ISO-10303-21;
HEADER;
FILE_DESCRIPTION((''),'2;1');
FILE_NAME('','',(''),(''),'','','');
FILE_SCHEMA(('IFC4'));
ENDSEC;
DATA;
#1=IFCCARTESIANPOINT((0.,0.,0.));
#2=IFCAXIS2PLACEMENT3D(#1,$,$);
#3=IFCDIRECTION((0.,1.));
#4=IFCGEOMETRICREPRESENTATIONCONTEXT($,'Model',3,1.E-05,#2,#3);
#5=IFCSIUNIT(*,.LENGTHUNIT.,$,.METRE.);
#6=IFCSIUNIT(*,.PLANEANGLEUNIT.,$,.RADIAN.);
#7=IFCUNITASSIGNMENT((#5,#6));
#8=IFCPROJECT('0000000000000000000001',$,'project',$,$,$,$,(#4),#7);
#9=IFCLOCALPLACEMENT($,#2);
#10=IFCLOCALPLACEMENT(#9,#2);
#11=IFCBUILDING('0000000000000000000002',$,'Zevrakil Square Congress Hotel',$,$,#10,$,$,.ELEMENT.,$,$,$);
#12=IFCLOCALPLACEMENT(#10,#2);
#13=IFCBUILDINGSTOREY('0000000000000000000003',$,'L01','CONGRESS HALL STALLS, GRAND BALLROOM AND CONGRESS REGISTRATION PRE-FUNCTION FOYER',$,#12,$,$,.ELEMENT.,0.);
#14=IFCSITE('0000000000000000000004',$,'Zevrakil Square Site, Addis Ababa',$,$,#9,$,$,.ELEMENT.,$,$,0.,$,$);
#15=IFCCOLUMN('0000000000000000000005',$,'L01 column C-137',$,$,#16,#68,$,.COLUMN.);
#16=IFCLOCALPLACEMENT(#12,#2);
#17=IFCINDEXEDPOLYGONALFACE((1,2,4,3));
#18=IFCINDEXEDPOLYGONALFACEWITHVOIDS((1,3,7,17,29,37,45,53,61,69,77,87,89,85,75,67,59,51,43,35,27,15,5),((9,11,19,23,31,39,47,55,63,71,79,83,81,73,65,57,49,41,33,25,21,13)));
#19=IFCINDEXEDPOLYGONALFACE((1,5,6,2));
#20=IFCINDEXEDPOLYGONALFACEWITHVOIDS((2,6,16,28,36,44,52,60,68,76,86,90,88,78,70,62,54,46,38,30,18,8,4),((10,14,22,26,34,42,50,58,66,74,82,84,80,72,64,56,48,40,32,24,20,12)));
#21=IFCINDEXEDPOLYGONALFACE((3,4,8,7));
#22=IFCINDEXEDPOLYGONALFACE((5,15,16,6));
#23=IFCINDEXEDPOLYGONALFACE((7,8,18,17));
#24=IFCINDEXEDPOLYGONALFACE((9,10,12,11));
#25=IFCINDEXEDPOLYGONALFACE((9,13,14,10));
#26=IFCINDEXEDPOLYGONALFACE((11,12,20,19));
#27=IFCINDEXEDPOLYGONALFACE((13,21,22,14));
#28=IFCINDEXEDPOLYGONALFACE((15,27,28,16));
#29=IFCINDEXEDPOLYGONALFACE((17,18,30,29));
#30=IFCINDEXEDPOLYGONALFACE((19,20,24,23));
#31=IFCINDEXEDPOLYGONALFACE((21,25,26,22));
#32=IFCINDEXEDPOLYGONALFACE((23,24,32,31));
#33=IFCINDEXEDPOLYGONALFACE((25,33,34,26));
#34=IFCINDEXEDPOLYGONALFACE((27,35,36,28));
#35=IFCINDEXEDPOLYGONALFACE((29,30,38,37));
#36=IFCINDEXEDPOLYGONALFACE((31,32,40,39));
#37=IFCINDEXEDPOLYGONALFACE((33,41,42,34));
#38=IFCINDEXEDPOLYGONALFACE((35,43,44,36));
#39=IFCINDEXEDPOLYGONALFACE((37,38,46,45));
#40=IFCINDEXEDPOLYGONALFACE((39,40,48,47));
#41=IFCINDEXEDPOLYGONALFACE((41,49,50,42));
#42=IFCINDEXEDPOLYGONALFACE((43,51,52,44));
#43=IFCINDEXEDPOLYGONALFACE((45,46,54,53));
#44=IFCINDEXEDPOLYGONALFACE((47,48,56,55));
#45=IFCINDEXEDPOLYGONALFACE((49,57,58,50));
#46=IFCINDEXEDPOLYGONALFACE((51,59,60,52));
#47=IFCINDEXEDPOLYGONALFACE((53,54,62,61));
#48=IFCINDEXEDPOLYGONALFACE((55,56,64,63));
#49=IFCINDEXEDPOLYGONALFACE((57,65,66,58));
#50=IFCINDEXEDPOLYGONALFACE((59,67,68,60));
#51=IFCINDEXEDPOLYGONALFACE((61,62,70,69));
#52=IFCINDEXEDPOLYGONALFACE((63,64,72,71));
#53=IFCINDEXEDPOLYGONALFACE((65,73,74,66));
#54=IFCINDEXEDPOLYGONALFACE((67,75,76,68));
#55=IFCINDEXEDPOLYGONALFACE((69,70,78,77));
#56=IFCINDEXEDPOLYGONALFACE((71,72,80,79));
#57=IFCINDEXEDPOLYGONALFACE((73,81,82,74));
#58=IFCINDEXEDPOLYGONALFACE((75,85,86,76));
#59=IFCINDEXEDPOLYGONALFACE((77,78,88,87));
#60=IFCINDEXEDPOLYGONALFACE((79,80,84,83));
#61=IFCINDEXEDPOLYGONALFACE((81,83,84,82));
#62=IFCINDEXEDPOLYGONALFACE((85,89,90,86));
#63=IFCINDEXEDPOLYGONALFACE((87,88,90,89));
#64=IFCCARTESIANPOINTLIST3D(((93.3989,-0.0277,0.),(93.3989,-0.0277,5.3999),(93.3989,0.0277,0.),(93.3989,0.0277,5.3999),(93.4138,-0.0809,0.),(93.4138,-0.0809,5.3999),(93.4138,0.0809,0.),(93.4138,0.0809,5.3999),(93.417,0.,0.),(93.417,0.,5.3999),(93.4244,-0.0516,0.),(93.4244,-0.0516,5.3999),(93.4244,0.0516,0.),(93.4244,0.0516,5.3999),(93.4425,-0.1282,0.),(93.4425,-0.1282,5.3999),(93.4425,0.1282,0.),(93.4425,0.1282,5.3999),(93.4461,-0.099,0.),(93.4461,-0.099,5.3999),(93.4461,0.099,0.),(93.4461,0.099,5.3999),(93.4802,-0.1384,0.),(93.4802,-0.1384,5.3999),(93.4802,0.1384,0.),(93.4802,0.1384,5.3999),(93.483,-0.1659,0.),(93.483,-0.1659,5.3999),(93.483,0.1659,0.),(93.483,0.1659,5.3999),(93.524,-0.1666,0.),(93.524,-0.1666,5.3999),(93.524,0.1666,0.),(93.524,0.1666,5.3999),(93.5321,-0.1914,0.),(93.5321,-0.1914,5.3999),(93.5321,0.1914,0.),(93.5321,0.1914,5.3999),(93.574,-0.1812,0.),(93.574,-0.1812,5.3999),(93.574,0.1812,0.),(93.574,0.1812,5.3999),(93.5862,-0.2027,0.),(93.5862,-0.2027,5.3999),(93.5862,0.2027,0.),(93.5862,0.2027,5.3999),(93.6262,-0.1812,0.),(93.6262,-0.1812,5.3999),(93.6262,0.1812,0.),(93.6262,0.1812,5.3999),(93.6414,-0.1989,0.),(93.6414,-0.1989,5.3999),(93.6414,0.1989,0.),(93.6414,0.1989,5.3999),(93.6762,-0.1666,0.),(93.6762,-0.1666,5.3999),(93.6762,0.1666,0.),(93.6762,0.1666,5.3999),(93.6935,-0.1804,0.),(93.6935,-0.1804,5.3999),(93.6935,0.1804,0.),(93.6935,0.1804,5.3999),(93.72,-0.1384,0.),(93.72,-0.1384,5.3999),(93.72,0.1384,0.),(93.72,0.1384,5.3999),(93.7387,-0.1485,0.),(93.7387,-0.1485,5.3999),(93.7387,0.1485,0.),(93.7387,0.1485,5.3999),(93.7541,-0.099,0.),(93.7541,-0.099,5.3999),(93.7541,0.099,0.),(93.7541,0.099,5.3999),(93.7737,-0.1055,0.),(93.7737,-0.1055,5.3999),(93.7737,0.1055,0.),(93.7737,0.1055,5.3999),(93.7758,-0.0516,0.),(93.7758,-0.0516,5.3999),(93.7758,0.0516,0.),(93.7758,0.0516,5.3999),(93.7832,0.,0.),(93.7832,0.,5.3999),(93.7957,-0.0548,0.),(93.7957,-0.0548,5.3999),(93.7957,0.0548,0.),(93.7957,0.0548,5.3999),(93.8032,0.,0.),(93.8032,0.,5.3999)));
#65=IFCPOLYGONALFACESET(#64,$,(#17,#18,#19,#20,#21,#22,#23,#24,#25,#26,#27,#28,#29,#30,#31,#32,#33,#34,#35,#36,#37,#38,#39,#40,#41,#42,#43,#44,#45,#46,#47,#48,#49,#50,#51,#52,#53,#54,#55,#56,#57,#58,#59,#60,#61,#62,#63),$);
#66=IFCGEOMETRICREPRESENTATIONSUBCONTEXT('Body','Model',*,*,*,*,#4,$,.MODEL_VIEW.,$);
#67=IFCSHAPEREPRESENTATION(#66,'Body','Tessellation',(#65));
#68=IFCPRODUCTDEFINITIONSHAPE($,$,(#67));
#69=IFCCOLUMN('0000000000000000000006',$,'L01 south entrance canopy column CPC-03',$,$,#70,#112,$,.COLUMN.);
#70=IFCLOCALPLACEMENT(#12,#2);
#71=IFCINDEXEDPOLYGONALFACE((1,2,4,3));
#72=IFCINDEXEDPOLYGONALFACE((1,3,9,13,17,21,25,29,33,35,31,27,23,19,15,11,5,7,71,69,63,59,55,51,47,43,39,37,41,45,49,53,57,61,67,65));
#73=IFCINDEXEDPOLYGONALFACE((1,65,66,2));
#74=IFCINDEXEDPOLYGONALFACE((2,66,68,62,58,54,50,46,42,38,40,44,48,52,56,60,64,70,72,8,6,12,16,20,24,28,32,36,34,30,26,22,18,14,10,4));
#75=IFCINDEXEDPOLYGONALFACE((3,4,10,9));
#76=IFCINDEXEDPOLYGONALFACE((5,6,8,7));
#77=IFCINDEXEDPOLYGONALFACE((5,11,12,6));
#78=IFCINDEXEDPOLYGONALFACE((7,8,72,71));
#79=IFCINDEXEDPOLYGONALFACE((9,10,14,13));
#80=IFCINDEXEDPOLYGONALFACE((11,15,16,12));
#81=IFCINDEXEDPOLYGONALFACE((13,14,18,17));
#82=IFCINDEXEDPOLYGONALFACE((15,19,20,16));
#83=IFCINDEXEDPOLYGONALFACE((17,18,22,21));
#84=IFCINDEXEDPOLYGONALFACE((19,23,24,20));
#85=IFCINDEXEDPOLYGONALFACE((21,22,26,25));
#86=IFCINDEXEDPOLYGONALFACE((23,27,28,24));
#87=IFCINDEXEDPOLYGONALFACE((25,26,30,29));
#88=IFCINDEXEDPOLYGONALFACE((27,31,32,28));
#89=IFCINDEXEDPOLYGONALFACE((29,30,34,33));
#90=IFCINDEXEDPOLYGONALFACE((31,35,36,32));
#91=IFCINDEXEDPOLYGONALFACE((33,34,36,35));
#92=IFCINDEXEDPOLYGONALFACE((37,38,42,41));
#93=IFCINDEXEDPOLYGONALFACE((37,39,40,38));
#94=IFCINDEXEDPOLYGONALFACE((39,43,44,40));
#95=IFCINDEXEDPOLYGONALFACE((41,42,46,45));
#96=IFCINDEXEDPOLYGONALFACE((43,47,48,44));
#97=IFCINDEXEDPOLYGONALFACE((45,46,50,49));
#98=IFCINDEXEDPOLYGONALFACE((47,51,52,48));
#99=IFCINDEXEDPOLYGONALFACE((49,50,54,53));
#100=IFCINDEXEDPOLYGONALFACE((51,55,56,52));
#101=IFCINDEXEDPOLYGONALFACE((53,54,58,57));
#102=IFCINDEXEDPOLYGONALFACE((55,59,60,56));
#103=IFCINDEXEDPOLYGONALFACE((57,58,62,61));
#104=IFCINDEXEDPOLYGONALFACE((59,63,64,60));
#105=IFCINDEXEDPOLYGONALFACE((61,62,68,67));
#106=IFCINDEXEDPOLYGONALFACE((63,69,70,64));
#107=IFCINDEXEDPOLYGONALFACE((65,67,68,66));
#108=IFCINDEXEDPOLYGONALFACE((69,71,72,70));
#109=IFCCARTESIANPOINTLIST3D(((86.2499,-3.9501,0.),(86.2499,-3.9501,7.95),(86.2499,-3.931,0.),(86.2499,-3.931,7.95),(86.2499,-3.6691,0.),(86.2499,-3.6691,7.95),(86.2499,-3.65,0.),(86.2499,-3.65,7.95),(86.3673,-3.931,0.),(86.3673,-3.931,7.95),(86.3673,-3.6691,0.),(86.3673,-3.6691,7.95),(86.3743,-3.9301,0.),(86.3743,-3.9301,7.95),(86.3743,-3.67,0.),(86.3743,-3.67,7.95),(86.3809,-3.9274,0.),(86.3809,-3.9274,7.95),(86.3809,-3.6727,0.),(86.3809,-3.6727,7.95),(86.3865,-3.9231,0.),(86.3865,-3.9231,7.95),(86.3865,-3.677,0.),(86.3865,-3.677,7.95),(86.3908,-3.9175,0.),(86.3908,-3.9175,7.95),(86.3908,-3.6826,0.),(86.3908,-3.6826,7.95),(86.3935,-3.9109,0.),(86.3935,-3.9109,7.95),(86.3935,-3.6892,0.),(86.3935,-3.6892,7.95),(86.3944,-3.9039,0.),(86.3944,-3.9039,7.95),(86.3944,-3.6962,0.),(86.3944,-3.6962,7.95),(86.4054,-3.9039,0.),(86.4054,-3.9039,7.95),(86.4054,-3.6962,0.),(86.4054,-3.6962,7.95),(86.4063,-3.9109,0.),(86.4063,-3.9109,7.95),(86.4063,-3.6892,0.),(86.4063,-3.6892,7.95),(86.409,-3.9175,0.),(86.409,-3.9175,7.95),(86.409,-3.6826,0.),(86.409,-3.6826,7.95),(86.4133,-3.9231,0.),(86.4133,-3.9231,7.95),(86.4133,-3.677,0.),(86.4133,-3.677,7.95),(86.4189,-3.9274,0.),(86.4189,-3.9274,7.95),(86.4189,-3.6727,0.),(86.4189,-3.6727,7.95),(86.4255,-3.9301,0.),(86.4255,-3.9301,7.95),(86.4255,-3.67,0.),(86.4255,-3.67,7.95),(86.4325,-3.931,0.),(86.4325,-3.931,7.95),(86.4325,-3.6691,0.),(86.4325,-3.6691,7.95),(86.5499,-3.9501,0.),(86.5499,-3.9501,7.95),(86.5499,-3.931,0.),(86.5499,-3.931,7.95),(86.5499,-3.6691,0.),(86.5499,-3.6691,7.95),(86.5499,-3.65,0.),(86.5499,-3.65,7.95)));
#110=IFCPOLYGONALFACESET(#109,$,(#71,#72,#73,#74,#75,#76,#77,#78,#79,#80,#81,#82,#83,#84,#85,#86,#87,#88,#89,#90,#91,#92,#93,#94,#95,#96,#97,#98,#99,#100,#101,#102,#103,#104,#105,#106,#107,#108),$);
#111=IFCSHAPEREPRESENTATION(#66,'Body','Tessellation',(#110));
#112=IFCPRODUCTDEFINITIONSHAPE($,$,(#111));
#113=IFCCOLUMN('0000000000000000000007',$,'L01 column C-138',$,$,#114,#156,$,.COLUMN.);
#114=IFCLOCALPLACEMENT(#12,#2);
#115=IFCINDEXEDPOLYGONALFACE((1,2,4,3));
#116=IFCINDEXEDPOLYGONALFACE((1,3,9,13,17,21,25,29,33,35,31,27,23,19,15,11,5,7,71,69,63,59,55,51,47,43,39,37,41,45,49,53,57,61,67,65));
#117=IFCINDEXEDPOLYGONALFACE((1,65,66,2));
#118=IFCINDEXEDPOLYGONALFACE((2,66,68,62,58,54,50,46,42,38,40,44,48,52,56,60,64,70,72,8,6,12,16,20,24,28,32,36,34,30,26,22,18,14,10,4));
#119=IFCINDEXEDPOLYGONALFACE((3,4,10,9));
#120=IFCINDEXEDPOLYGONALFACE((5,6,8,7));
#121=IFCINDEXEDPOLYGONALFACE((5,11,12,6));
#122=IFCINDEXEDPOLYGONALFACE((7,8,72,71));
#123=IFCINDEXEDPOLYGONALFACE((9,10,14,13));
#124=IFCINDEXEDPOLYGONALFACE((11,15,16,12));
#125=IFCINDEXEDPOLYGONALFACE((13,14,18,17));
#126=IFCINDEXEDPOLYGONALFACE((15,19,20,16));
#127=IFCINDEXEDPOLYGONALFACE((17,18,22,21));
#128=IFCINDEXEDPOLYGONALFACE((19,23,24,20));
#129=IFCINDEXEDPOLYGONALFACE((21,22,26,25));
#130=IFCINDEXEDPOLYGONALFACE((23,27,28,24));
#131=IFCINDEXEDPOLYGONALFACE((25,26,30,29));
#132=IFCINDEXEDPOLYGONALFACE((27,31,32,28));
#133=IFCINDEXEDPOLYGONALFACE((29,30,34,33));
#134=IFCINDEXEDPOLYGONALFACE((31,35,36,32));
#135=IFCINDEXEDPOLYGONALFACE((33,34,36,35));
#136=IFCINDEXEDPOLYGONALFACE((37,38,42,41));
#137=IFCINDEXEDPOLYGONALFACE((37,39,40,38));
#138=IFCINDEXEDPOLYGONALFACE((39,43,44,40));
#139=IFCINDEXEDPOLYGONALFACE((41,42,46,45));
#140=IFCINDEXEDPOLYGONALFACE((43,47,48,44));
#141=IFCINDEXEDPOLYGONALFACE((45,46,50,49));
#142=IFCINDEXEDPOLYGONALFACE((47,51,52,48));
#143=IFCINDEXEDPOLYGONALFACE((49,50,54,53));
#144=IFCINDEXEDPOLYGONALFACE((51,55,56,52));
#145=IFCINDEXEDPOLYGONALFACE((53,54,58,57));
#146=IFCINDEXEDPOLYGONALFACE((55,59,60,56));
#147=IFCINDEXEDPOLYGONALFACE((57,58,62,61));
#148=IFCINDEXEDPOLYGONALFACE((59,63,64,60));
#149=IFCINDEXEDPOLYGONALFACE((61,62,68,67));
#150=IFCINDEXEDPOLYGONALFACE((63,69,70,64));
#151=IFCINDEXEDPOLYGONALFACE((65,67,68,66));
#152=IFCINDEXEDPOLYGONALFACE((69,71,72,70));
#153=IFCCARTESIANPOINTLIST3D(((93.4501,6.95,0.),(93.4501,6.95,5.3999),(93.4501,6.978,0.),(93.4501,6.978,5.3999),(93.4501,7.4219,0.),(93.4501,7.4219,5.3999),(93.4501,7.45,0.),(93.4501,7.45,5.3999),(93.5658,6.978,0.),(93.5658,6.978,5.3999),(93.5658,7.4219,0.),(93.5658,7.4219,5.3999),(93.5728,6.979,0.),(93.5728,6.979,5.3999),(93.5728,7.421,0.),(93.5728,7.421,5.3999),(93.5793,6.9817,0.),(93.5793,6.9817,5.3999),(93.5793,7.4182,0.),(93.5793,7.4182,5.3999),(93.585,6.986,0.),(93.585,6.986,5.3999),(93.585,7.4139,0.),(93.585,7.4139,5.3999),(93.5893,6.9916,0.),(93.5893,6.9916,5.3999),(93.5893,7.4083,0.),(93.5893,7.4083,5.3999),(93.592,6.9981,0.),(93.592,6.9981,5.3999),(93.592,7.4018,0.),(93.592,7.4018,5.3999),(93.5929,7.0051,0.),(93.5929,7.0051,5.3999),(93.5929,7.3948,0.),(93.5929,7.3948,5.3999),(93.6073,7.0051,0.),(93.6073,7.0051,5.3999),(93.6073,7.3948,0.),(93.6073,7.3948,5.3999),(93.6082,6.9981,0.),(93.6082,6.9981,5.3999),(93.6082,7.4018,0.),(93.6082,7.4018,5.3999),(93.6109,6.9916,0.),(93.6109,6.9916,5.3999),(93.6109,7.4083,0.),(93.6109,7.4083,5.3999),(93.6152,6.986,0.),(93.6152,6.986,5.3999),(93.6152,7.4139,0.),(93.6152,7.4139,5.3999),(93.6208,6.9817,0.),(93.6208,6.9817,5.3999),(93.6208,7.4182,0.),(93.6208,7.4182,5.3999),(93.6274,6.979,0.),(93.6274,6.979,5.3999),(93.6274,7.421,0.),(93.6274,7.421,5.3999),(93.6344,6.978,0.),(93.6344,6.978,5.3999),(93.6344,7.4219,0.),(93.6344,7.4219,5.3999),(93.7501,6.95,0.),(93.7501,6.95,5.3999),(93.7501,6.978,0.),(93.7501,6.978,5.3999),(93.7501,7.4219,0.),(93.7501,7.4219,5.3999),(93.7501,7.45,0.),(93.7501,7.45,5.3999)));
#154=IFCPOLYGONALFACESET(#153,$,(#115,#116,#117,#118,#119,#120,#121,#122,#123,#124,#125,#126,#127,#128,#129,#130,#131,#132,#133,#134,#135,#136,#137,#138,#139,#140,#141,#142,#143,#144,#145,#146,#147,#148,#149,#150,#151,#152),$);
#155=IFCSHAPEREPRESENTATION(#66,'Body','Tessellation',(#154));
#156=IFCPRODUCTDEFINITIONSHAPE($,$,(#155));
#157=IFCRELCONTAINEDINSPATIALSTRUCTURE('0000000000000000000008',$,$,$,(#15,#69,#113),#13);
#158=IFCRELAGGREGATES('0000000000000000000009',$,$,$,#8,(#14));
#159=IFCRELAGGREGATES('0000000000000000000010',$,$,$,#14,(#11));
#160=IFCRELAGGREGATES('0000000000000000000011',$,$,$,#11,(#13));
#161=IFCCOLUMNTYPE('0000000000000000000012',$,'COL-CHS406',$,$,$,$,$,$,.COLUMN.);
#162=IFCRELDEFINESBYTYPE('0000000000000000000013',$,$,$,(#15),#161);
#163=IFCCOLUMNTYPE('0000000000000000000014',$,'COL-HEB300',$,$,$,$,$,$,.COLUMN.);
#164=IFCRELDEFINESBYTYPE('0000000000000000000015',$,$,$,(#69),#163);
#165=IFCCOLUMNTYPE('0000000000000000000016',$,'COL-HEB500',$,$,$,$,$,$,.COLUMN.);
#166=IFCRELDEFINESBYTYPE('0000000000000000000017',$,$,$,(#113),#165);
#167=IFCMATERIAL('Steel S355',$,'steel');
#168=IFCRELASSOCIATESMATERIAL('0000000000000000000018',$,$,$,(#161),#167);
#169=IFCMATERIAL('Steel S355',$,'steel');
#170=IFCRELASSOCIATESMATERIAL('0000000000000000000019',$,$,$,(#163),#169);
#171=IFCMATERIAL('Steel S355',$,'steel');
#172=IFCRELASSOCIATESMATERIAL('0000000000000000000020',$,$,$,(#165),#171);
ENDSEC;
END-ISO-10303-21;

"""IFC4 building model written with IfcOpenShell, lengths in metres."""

from ifc_helpers import new_model, si_unit, direction, frame, origin, origin_2d, place, context, subcontext, project, spatial, hollow_circle, i_section, extrude, material, material_profile, profile_set, type_object, element, save


model = new_model("IFC4")

# Units and contexts
model_context = context("Model", 3, precision=1e-05, world=origin(), true_north=direction((0.0, 1.0)))
body_context = subcontext(model_context, "Body", "Model", "MODEL_VIEW")
ifc_project = project(units=[si_unit("LENGTHUNIT", "METRE"), si_unit("PLANEANGLEUNIT", "RADIAN")], contexts=[model_context])

# Site, building, storey
site_placement = place(None, origin())
site = spatial("IfcSite", under=ifc_project, at=site_placement, Name="Zevrakil Square Site, Addis Ababa", CompositionType="ELEMENT", RefElevation=0.0)
building_placement = place(site_placement, origin())
building = spatial("IfcBuilding", under=site, at=building_placement, Name="Zevrakil Square Congress Hotel", CompositionType="ELEMENT")
storey_placement = place(building_placement, origin())
storey = spatial("IfcBuildingStorey", under=building, at=storey_placement, Name="L01", Description="CONGRESS HALL STALLS, GRAND BALLROOM AND CONGRESS REGISTRATION PRE-FUNCTION FOYER", CompositionType="ELEMENT", Elevation=0.0)

# Columns
ifc_material_1 = material(Name="Steel S355", Category="steel")
ifc_material_profile_1 = material_profile(ifc_material_1, hollow_circle(Radius=0.2031, WallThickness=0.02, at=origin_2d()), Name="CHS 406.4x20")
ifc_profile_set_1 = profile_set([ifc_material_profile_1], Name="Steel S355")
column_type_1 = type_object("IfcColumnType", Name="COL-CHS406", PredefinedType="COLUMN", material=ifc_profile_set_1)
column_1_placement = place(storey_placement, frame((93.6001, 0.0, 0.0), z_axis=(0.0, 0.0, 1.0), x_axis=(1.0, 0.0, 0.0)))
element("IfcColumn", 1, at=column_1_placement, inside=storey, type_object=column_type_1, Name="L01 column C-137", PredefinedType="COLUMN", context=body_context, shape_type="SweptSolid", body=[
    extrude(hollow_circle(Radius=0.2031, WallThickness=0.02, at=origin_2d()), origin(), (0.0, 0.0, 1.0), 5.3999),
])
ifc_material_2 = material(Name="Steel S355", Category="steel")
ifc_material_profile_2 = material_profile(ifc_material_2, i_section(OverallWidth=0.3, OverallDepth=0.3, WebThickness=0.011, FlangeThickness=0.019, FilletRadius=0.0271, at=origin_2d()), Name="HEB 300")
ifc_profile_set_2 = profile_set([ifc_material_profile_2], Name="Steel S355")
column_type_2 = type_object("IfcColumnType", Name="COL-HEB300", PredefinedType="COLUMN", material=ifc_profile_set_2)
column_2_placement = place(storey_placement, frame((86.3999, -3.8, 0.0), z_axis=(0.0, 0.0, 1.0), x_axis=(1.0, 0.0, 0.0)))
element("IfcColumn", 2, at=column_2_placement, inside=storey, type_object=column_type_2, Name="L01 south entrance canopy column CPC-03", PredefinedType="COLUMN", context=body_context, shape_type="SweptSolid", body=[
    extrude(i_section(OverallWidth=0.3, OverallDepth=0.3, WebThickness=0.011, FlangeThickness=0.019, FilletRadius=0.0271, at=origin_2d()), origin(), (0.0, 0.0, 1.0), 7.95),
])
ifc_material_3 = material(Name="Steel S355", Category="steel")
ifc_material_profile_3 = material_profile(ifc_material_3, i_section(OverallWidth=0.3, OverallDepth=0.5, WebThickness=0.0144, FlangeThickness=0.0281, FilletRadius=0.0271, at=origin_2d()), Name="HEB 500")
ifc_profile_set_3 = profile_set([ifc_material_profile_3], Name="Steel S355")
column_type_3 = type_object("IfcColumnType", Name="COL-HEB500", PredefinedType="COLUMN", material=ifc_profile_set_3)
column_3_placement = place(storey_placement, frame((93.6001, 7.2, 0.0), z_axis=(0.0, 0.0, 1.0), x_axis=(1.0, 0.0, 0.0)))
element("IfcColumn", 3, at=column_3_placement, inside=storey, type_object=column_type_3, Name="L01 column C-138", PredefinedType="COLUMN", context=body_context, shape_type="SweptSolid", body=[
    extrude(i_section(OverallWidth=0.3, OverallDepth=0.5, WebThickness=0.0144, FlangeThickness=0.0281, FilletRadius=0.0271, at=origin_2d()), origin(), (0.0, 0.0, 1.0), 5.3999),
])

save(model, "model.ifc")
